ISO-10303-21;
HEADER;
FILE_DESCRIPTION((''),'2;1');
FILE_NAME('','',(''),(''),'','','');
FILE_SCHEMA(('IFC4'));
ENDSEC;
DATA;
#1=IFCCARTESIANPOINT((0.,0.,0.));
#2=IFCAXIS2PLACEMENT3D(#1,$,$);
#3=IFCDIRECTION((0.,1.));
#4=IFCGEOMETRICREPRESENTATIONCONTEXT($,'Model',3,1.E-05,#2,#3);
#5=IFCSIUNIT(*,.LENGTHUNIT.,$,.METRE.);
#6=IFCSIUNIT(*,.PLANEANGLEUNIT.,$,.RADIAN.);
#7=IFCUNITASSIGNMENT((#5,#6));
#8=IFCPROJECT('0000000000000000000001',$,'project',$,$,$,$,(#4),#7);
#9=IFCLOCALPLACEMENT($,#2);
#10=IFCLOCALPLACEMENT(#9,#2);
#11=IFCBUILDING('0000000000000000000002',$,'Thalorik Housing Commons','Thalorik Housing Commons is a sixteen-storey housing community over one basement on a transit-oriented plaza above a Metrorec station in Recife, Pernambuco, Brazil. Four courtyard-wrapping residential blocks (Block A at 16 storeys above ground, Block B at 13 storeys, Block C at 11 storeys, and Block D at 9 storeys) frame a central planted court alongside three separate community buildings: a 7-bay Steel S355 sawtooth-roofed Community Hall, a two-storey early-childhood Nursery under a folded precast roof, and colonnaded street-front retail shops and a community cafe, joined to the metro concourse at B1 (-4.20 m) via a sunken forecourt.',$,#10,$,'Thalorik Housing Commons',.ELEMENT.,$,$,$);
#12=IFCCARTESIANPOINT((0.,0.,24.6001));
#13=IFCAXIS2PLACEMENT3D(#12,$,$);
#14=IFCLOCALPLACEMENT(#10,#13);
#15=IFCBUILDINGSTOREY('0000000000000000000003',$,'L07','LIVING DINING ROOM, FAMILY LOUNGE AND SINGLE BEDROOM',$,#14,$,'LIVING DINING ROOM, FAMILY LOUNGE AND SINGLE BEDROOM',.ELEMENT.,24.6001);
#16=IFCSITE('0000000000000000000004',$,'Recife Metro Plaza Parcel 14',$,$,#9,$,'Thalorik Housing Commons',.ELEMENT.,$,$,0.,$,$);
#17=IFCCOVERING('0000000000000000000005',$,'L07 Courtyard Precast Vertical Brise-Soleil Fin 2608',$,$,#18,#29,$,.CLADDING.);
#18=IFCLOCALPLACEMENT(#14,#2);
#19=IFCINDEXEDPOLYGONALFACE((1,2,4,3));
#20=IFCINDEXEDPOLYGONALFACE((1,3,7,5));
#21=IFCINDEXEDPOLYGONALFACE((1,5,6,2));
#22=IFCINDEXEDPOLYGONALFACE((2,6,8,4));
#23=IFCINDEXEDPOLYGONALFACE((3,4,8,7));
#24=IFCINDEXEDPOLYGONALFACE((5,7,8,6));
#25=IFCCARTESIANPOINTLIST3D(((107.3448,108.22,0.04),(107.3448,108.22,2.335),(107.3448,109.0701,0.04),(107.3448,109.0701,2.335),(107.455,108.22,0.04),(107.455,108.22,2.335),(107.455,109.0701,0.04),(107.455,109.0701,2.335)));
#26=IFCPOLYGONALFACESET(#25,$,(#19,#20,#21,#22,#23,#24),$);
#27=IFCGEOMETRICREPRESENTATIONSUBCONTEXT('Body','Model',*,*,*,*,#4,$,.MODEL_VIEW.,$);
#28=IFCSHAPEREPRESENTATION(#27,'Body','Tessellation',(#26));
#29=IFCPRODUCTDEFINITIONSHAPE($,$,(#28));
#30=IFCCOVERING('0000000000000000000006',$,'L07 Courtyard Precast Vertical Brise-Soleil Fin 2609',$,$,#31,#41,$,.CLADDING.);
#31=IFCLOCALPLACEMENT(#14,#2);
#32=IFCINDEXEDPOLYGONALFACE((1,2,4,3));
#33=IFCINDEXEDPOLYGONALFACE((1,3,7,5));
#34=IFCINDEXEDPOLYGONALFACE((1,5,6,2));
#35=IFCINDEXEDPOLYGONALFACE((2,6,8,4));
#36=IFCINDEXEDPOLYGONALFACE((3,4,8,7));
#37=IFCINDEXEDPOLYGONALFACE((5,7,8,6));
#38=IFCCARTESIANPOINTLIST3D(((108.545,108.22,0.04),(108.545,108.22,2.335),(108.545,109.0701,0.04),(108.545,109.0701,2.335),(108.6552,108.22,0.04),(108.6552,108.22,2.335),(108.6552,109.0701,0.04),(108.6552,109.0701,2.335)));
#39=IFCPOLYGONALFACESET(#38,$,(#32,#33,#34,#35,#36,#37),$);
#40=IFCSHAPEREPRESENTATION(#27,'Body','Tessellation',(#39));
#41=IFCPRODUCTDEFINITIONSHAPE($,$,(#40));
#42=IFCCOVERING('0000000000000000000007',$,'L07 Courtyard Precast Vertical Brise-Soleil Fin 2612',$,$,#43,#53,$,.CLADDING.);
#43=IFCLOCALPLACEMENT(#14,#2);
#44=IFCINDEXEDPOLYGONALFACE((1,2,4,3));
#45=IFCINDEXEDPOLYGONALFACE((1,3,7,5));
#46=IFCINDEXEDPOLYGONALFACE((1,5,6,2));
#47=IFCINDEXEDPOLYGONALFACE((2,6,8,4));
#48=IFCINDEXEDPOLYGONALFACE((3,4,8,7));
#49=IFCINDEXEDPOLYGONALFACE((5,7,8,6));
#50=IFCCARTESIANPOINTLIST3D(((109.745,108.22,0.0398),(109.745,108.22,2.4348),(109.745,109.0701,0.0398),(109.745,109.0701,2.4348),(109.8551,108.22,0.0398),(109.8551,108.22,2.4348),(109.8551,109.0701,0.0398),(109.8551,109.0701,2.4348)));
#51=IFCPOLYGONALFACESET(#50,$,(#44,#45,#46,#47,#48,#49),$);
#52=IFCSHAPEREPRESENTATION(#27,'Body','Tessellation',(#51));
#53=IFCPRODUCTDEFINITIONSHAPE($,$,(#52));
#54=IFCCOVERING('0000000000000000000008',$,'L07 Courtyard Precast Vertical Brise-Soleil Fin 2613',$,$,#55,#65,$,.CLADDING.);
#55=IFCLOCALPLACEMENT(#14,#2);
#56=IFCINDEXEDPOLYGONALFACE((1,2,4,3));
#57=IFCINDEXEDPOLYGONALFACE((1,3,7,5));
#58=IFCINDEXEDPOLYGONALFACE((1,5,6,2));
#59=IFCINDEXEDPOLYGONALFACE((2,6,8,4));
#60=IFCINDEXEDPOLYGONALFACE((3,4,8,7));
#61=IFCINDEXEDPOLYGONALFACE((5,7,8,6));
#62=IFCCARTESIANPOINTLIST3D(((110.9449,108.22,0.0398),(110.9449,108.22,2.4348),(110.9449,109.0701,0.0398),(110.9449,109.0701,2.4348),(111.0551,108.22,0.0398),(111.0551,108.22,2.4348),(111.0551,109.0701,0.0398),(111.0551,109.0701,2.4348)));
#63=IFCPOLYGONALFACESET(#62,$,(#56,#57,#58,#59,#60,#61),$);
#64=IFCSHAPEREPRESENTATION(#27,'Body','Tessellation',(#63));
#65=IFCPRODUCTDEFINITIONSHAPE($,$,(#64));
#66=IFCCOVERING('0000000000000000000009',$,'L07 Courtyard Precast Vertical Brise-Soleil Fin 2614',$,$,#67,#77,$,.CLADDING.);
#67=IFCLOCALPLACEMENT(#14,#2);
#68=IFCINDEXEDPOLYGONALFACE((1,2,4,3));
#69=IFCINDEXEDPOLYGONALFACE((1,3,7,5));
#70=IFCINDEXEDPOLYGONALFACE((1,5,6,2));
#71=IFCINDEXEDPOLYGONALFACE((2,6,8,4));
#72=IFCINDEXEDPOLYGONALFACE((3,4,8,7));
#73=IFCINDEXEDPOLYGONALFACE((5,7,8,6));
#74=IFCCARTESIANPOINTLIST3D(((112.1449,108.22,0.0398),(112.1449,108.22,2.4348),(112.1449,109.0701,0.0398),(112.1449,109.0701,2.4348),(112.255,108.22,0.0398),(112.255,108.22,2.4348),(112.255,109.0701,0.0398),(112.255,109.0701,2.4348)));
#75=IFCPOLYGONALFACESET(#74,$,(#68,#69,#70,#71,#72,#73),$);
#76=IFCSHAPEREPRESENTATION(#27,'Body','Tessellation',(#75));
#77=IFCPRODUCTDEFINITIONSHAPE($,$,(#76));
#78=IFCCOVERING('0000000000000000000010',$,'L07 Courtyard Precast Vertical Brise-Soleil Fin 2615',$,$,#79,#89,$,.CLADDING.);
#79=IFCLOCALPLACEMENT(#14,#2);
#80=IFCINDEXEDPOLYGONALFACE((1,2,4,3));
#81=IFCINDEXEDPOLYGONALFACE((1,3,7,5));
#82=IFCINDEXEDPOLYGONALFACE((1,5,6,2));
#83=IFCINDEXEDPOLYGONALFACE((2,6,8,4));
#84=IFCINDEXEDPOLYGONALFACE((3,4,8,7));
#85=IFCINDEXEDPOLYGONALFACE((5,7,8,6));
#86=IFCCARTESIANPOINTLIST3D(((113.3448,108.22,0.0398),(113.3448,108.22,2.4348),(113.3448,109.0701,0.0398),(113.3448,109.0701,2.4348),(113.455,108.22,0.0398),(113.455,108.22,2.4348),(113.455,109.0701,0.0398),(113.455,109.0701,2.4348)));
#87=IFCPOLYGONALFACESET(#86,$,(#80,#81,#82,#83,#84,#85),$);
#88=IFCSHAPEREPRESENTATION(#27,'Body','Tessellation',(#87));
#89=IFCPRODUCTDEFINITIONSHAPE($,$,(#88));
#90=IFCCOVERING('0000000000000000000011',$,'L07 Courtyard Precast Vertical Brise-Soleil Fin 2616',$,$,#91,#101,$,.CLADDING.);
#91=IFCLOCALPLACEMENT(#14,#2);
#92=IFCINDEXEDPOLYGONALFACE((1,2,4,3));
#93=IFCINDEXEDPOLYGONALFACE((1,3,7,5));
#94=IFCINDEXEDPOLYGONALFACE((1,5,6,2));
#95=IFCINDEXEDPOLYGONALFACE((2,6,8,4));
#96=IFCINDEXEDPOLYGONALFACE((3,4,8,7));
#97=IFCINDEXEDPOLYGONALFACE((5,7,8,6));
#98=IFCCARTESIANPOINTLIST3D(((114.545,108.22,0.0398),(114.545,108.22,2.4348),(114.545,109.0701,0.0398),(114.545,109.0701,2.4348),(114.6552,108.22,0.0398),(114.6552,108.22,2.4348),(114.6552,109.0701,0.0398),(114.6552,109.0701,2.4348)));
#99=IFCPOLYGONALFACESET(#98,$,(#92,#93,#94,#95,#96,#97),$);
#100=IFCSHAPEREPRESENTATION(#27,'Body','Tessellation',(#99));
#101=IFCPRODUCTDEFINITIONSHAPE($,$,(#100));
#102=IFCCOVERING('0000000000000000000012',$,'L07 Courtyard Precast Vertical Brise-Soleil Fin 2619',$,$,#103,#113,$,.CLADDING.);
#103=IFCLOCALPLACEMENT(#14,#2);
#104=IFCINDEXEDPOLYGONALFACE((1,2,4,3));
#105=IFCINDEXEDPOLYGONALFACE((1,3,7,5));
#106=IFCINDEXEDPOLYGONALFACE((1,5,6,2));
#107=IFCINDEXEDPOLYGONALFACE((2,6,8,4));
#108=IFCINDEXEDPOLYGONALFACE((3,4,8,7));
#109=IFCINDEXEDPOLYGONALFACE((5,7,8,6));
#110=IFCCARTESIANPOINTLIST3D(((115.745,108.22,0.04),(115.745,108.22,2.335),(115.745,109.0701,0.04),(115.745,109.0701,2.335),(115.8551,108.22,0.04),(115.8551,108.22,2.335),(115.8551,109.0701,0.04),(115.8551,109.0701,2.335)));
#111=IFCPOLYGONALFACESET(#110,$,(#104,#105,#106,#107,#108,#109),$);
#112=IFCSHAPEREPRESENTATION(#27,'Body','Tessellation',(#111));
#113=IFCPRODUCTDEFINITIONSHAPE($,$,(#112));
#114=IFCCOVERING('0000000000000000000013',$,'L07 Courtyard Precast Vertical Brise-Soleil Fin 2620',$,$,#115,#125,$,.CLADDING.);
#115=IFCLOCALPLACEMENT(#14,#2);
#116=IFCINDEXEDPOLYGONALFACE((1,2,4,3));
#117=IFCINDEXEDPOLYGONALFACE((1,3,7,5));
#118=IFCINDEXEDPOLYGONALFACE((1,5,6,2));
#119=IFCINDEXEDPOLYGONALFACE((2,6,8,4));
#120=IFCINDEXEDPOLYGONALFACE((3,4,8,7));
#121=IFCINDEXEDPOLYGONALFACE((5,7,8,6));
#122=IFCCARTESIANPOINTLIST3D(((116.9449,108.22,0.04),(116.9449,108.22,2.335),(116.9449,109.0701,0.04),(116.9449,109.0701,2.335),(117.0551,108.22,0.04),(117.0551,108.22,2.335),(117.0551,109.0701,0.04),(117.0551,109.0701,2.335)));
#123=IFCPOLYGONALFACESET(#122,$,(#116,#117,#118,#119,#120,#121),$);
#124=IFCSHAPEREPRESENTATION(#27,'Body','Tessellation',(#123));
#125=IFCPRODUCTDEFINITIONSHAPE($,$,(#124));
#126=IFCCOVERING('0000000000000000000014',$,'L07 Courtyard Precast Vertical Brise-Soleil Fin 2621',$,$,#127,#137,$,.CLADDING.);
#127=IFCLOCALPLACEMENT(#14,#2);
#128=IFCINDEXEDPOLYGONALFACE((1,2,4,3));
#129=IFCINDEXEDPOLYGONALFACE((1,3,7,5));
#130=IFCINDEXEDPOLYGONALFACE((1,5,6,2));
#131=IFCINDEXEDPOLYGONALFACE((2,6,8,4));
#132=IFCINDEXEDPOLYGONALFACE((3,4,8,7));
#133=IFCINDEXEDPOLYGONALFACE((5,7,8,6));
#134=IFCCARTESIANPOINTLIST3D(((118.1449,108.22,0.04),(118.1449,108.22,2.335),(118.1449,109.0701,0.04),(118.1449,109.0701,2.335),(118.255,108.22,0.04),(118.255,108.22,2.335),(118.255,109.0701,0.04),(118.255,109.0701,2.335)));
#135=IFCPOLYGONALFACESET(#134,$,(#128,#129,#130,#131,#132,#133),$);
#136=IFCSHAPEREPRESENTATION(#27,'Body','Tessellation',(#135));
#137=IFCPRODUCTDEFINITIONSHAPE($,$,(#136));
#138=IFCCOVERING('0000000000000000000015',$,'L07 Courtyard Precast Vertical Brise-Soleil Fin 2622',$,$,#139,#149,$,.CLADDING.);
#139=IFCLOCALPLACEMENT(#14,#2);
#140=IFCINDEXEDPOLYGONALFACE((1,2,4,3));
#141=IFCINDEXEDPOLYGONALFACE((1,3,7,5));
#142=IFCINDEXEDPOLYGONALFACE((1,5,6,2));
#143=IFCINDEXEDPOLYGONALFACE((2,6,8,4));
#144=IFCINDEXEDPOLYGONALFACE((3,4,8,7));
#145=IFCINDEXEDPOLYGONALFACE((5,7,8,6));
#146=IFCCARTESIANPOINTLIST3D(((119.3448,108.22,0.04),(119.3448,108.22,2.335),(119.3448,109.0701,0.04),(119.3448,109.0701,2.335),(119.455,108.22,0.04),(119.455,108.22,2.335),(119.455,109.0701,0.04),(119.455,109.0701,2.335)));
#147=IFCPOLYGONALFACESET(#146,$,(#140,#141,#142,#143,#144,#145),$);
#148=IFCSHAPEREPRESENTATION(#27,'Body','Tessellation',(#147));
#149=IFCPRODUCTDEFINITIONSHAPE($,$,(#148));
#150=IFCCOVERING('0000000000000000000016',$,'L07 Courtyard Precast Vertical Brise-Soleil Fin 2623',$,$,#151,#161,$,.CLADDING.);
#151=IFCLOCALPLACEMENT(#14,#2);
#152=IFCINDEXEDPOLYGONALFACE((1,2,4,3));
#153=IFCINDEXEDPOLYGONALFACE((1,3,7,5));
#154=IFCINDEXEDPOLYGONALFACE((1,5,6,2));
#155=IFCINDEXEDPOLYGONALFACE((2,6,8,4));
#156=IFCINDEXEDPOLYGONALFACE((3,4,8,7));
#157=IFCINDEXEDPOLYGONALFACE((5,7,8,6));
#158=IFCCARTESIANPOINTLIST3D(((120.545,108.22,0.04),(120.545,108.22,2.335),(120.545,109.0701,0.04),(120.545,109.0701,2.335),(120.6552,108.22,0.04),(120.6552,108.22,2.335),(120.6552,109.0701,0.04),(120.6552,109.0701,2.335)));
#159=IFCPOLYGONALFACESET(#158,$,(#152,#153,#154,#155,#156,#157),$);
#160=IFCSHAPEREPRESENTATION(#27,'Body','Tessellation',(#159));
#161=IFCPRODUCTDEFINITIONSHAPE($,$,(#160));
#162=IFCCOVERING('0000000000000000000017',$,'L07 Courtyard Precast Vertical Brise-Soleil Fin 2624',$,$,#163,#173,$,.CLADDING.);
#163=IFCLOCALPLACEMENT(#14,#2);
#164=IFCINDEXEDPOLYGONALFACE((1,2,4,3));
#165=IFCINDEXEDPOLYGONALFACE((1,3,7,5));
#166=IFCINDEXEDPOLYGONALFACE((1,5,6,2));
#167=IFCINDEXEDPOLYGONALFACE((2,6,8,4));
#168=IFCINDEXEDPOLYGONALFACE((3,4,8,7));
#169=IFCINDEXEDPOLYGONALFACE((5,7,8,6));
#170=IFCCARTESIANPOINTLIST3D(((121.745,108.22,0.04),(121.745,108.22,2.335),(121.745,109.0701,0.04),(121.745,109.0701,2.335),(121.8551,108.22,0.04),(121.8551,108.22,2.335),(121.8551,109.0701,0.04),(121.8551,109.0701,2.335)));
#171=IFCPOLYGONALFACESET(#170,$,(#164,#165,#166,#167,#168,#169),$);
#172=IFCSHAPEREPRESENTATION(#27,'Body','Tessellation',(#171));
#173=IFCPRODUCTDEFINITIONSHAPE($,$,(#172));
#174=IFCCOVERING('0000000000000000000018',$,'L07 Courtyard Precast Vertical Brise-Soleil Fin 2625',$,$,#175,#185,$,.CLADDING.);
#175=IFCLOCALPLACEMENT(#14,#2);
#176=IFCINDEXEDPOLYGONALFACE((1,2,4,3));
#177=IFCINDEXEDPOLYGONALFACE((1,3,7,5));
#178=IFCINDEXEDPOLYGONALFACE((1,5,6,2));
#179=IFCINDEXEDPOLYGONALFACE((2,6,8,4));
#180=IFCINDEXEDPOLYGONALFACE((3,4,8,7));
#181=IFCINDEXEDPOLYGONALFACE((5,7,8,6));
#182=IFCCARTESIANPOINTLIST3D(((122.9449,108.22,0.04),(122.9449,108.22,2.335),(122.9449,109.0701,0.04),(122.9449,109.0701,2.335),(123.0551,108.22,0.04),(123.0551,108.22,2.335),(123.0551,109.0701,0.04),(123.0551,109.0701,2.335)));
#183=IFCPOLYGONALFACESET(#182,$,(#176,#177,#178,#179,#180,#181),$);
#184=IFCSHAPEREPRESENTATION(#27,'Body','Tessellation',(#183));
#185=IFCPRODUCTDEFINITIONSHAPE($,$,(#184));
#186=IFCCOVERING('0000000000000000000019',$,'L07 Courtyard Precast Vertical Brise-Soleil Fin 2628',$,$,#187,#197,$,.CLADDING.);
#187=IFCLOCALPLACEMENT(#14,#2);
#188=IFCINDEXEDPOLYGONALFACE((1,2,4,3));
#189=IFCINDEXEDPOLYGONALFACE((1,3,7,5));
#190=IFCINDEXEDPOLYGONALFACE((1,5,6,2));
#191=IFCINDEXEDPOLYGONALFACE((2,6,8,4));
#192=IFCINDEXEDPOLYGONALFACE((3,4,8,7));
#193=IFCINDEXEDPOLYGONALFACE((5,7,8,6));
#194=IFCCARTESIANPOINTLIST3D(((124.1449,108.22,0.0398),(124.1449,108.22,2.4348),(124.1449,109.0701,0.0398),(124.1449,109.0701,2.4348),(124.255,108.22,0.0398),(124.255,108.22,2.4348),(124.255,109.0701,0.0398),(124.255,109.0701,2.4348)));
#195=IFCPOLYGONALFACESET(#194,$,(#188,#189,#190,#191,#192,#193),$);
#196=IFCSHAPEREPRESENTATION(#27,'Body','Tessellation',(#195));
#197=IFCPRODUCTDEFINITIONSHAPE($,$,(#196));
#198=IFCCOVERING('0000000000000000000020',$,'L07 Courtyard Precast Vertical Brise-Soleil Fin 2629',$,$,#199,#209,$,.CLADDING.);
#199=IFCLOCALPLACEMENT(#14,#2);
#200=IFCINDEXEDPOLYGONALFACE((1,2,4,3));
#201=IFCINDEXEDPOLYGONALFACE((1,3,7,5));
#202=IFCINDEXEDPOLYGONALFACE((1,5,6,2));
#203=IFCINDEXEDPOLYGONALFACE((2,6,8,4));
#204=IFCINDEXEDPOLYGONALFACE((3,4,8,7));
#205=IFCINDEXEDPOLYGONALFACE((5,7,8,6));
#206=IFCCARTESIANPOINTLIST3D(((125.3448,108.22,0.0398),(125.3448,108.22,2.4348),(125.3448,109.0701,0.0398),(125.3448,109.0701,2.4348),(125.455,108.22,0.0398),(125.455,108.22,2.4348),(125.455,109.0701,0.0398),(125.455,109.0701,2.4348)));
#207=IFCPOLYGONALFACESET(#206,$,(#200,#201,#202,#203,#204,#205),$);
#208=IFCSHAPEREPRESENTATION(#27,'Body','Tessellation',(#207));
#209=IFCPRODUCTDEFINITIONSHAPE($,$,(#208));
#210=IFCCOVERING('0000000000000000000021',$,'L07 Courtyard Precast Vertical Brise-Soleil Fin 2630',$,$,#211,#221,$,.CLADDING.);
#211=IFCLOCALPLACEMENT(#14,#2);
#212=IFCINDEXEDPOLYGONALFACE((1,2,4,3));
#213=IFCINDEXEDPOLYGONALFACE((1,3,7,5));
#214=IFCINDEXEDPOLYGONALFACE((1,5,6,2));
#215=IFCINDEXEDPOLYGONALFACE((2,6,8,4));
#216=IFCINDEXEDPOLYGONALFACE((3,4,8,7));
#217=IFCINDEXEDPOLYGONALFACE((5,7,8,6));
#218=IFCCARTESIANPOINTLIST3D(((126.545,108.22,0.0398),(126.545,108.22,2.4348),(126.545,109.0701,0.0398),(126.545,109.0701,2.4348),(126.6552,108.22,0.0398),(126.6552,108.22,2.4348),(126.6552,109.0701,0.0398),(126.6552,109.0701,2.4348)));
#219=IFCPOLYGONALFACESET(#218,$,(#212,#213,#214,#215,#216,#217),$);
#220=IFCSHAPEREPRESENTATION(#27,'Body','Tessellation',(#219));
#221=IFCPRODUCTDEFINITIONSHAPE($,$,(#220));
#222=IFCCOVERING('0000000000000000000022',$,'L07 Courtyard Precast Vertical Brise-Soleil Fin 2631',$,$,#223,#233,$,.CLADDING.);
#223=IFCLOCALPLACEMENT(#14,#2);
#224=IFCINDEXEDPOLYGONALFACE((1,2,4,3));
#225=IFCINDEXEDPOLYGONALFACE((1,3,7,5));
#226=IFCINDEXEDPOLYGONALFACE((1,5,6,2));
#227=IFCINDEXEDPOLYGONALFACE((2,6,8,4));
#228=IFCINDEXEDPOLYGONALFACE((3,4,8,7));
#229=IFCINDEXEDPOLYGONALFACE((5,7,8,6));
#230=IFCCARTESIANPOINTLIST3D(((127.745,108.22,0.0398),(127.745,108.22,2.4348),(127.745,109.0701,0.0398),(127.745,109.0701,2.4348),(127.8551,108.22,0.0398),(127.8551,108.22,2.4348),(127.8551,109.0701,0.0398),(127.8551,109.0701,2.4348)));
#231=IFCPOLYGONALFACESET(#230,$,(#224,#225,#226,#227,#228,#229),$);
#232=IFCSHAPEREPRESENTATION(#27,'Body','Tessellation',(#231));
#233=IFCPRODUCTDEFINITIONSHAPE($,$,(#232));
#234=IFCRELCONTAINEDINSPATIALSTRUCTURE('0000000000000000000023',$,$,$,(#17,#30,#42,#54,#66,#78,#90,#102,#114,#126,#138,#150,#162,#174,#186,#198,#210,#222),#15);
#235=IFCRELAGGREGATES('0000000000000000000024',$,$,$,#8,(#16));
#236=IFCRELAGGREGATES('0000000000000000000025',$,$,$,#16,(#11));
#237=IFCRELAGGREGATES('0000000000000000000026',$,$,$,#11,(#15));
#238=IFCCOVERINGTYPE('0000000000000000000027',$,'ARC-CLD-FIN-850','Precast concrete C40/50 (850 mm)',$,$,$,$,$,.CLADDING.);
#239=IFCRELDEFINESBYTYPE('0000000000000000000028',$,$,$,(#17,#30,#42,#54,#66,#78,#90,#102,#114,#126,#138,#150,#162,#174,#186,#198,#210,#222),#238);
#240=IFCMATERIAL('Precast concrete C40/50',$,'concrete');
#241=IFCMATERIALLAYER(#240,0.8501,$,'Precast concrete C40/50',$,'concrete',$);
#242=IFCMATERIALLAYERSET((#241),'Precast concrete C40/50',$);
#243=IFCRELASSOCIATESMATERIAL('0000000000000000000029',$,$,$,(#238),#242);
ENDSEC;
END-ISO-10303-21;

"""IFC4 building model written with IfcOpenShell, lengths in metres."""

from ifc_helpers import new_model, si_unit, direction, frame, origin, origin_2d, place, context, subcontext, project, spatial, rectangle, extrude, material, layer, layer_set, type_object, element, save


model = new_model("IFC4")

# Units and contexts
model_context = context("Model", 3, precision=1e-05, world=origin(), true_north=direction((0.0, 1.0)))
body_context = subcontext(model_context, "Body", "Model", "MODEL_VIEW")
ifc_project = project(units=[si_unit("LENGTHUNIT", "METRE"), si_unit("PLANEANGLEUNIT", "RADIAN")], contexts=[model_context])

# Site, building, storey
site_placement = place(None, origin())
site = spatial("IfcSite", under=ifc_project, at=site_placement, Name="Recife Metro Plaza Parcel 14", LongName="Thalorik Housing Commons", CompositionType="ELEMENT", RefElevation=0.0)
building_placement = place(site_placement, origin())
building = spatial("IfcBuilding", under=site, at=building_placement, Name="Thalorik Housing Commons", Description="Thalorik Housing Commons is a sixteen-storey housing community over one basement on a transit-oriented plaza above a Metrorec station in Recife, Pernambuco, Brazil. Four courtyard-wrapping residential blocks (Block A at 16 storeys above ground, Block B at 13 storeys, Block C at 11 storeys, and Block D at 9 storeys) frame a central planted court alongside three separate community buildings: a 7-bay Steel S355 sawtooth-roofed Community Hall, a two-storey early-childhood Nursery under a folded precast roof, and colonnaded street-front retail shops and a community cafe, joined to the metro concourse at B1 (-4.20 m) via a sunken forecourt.", LongName="Thalorik Housing Commons", CompositionType="ELEMENT")
storey_placement = place(building_placement, frame((0.0, 0.0, 24.6001)))
storey = spatial("IfcBuildingStorey", under=building, at=storey_placement, Name="L07", Description="LIVING DINING ROOM, FAMILY LOUNGE AND SINGLE BEDROOM", LongName="LIVING DINING ROOM, FAMILY LOUNGE AND SINGLE BEDROOM", CompositionType="ELEMENT", Elevation=24.6001)

# Coverings
ifc_material = material(Name="Precast concrete C40/50", Category="concrete")
ifc_layer_1 = layer(ifc_material, 0.8501, Name="Precast concrete C40/50", Category="concrete")
ifc_layer_set_1 = layer_set([ifc_layer_1], Name="Precast concrete C40/50")
covering_type_1 = type_object("IfcCoveringType", Name="ARC-CLD-FIN-850", Description="Precast concrete C40/50 (850 mm)", PredefinedType="CLADDING", material=ifc_layer_set_1)
for number, where, z_axis, x_axis, name in (
    (1, (107.3999, 108.645, 0.04), (0.0, 0.0, 1.0), (1.0, 0.0, 0.0), "L07 Courtyard Precast Vertical Brise-Soleil Fin 2608"),
    (2, (108.6001, 108.645, 0.04), (0.0, 0.0, 1.0), (1.0, 0.0, 0.0), "L07 Courtyard Precast Vertical Brise-Soleil Fin 2609"),
):
    element("IfcCovering", number, at=place(storey_placement, frame(where, z_axis=z_axis, x_axis=x_axis)), inside=storey, type_object=covering_type_1, Name=name, PredefinedType="CLADDING", context=body_context, shape_type="SweptSolid", body=[
        extrude(rectangle(XDim=0.1101, YDim=0.8501, at=origin_2d()), origin(), (0.0, 0.0, 1.0), 2.2949),
    ])
for number, where, z_axis, x_axis, name in (
    (3, (109.8, 108.645, 0.0398), (0.0, 0.0, 1.0), (1.0, 0.0, 0.0), "L07 Courtyard Precast Vertical Brise-Soleil Fin 2612"),
    (4, (111.0, 108.645, 0.0398), (0.0, 0.0, 1.0), (1.0, 0.0, 0.0), "L07 Courtyard Precast Vertical Brise-Soleil Fin 2613"),
    (5, (112.2, 108.645, 0.0398), (0.0, 0.0, 1.0), (1.0, 0.0, 0.0), "L07 Courtyard Precast Vertical Brise-Soleil Fin 2614"),
    (6, (113.3999, 108.645, 0.0398), (0.0, 0.0, 1.0), (1.0, 0.0, 0.0), "L07 Courtyard Precast Vertical Brise-Soleil Fin 2615"),
    (7, (114.6001, 108.645, 0.0398), (0.0, 0.0, 1.0), (1.0, 0.0, 0.0), "L07 Courtyard Precast Vertical Brise-Soleil Fin 2616"),
):
    element("IfcCovering", number, at=place(storey_placement, frame(where, z_axis=z_axis, x_axis=x_axis)), inside=storey, type_object=covering_type_1, Name=name, PredefinedType="CLADDING", context=body_context, shape_type="SweptSolid", body=[
        extrude(rectangle(XDim=0.1101, YDim=0.8501, at=origin_2d()), origin(), (0.0, 0.0, 1.0), 2.395),
    ])
for number, where, z_axis, x_axis, name in (
    (8, (115.8, 108.645, 0.04), (0.0, 0.0, 1.0), (1.0, 0.0, 0.0), "L07 Courtyard Precast Vertical Brise-Soleil Fin 2619"),
    (9, (117.0, 108.645, 0.04), (0.0, 0.0, 1.0), (1.0, 0.0, 0.0), "L07 Courtyard Precast Vertical Brise-Soleil Fin 2620"),
    (10, (118.2, 108.645, 0.04), (0.0, 0.0, 1.0), (1.0, 0.0, 0.0), "L07 Courtyard Precast Vertical Brise-Soleil Fin 2621"),
    (11, (119.3999, 108.645, 0.04), (0.0, 0.0, 1.0), (1.0, 0.0, 0.0), "L07 Courtyard Precast Vertical Brise-Soleil Fin 2622"),
    (12, (120.6001, 108.645, 0.04), (0.0, 0.0, 1.0), (1.0, 0.0, 0.0), "L07 Courtyard Precast Vertical Brise-Soleil Fin 2623"),
    (13, (121.8, 108.645, 0.04), (0.0, 0.0, 1.0), (1.0, 0.0, 0.0), "L07 Courtyard Precast Vertical Brise-Soleil Fin 2624"),
    (14, (123.0, 108.645, 0.04), (0.0, 0.0, 1.0), (1.0, 0.0, 0.0), "L07 Courtyard Precast Vertical Brise-Soleil Fin 2625"),
):
    element("IfcCovering", number, at=place(storey_placement, frame(where, z_axis=z_axis, x_axis=x_axis)), inside=storey, type_object=covering_type_1, Name=name, PredefinedType="CLADDING", context=body_context, shape_type="SweptSolid", body=[
        extrude(rectangle(XDim=0.1101, YDim=0.8501, at=origin_2d()), origin(), (0.0, 0.0, 1.0), 2.2949),
    ])
for number, where, z_axis, x_axis, name in (
    (15, (124.2, 108.645, 0.0398), (0.0, 0.0, 1.0), (1.0, 0.0, 0.0), "L07 Courtyard Precast Vertical Brise-Soleil Fin 2628"),
    (16, (125.3999, 108.645, 0.0398), (0.0, 0.0, 1.0), (1.0, 0.0, 0.0), "L07 Courtyard Precast Vertical Brise-Soleil Fin 2629"),
    (17, (126.6001, 108.645, 0.0398), (0.0, 0.0, 1.0), (1.0, 0.0, 0.0), "L07 Courtyard Precast Vertical Brise-Soleil Fin 2630"),
    (18, (127.8, 108.645, 0.0398), (0.0, 0.0, 1.0), (1.0, 0.0, 0.0), "L07 Courtyard Precast Vertical Brise-Soleil Fin 2631"),
):
    element("IfcCovering", number, at=place(storey_placement, frame(where, z_axis=z_axis, x_axis=x_axis)), inside=storey, type_object=covering_type_1, Name=name, PredefinedType="CLADDING", context=body_context, shape_type="SweptSolid", body=[
        extrude(rectangle(XDim=0.1101, YDim=0.8501, at=origin_2d()), origin(), (0.0, 0.0, 1.0), 2.395),
    ])

save(model, "model.ifc")
